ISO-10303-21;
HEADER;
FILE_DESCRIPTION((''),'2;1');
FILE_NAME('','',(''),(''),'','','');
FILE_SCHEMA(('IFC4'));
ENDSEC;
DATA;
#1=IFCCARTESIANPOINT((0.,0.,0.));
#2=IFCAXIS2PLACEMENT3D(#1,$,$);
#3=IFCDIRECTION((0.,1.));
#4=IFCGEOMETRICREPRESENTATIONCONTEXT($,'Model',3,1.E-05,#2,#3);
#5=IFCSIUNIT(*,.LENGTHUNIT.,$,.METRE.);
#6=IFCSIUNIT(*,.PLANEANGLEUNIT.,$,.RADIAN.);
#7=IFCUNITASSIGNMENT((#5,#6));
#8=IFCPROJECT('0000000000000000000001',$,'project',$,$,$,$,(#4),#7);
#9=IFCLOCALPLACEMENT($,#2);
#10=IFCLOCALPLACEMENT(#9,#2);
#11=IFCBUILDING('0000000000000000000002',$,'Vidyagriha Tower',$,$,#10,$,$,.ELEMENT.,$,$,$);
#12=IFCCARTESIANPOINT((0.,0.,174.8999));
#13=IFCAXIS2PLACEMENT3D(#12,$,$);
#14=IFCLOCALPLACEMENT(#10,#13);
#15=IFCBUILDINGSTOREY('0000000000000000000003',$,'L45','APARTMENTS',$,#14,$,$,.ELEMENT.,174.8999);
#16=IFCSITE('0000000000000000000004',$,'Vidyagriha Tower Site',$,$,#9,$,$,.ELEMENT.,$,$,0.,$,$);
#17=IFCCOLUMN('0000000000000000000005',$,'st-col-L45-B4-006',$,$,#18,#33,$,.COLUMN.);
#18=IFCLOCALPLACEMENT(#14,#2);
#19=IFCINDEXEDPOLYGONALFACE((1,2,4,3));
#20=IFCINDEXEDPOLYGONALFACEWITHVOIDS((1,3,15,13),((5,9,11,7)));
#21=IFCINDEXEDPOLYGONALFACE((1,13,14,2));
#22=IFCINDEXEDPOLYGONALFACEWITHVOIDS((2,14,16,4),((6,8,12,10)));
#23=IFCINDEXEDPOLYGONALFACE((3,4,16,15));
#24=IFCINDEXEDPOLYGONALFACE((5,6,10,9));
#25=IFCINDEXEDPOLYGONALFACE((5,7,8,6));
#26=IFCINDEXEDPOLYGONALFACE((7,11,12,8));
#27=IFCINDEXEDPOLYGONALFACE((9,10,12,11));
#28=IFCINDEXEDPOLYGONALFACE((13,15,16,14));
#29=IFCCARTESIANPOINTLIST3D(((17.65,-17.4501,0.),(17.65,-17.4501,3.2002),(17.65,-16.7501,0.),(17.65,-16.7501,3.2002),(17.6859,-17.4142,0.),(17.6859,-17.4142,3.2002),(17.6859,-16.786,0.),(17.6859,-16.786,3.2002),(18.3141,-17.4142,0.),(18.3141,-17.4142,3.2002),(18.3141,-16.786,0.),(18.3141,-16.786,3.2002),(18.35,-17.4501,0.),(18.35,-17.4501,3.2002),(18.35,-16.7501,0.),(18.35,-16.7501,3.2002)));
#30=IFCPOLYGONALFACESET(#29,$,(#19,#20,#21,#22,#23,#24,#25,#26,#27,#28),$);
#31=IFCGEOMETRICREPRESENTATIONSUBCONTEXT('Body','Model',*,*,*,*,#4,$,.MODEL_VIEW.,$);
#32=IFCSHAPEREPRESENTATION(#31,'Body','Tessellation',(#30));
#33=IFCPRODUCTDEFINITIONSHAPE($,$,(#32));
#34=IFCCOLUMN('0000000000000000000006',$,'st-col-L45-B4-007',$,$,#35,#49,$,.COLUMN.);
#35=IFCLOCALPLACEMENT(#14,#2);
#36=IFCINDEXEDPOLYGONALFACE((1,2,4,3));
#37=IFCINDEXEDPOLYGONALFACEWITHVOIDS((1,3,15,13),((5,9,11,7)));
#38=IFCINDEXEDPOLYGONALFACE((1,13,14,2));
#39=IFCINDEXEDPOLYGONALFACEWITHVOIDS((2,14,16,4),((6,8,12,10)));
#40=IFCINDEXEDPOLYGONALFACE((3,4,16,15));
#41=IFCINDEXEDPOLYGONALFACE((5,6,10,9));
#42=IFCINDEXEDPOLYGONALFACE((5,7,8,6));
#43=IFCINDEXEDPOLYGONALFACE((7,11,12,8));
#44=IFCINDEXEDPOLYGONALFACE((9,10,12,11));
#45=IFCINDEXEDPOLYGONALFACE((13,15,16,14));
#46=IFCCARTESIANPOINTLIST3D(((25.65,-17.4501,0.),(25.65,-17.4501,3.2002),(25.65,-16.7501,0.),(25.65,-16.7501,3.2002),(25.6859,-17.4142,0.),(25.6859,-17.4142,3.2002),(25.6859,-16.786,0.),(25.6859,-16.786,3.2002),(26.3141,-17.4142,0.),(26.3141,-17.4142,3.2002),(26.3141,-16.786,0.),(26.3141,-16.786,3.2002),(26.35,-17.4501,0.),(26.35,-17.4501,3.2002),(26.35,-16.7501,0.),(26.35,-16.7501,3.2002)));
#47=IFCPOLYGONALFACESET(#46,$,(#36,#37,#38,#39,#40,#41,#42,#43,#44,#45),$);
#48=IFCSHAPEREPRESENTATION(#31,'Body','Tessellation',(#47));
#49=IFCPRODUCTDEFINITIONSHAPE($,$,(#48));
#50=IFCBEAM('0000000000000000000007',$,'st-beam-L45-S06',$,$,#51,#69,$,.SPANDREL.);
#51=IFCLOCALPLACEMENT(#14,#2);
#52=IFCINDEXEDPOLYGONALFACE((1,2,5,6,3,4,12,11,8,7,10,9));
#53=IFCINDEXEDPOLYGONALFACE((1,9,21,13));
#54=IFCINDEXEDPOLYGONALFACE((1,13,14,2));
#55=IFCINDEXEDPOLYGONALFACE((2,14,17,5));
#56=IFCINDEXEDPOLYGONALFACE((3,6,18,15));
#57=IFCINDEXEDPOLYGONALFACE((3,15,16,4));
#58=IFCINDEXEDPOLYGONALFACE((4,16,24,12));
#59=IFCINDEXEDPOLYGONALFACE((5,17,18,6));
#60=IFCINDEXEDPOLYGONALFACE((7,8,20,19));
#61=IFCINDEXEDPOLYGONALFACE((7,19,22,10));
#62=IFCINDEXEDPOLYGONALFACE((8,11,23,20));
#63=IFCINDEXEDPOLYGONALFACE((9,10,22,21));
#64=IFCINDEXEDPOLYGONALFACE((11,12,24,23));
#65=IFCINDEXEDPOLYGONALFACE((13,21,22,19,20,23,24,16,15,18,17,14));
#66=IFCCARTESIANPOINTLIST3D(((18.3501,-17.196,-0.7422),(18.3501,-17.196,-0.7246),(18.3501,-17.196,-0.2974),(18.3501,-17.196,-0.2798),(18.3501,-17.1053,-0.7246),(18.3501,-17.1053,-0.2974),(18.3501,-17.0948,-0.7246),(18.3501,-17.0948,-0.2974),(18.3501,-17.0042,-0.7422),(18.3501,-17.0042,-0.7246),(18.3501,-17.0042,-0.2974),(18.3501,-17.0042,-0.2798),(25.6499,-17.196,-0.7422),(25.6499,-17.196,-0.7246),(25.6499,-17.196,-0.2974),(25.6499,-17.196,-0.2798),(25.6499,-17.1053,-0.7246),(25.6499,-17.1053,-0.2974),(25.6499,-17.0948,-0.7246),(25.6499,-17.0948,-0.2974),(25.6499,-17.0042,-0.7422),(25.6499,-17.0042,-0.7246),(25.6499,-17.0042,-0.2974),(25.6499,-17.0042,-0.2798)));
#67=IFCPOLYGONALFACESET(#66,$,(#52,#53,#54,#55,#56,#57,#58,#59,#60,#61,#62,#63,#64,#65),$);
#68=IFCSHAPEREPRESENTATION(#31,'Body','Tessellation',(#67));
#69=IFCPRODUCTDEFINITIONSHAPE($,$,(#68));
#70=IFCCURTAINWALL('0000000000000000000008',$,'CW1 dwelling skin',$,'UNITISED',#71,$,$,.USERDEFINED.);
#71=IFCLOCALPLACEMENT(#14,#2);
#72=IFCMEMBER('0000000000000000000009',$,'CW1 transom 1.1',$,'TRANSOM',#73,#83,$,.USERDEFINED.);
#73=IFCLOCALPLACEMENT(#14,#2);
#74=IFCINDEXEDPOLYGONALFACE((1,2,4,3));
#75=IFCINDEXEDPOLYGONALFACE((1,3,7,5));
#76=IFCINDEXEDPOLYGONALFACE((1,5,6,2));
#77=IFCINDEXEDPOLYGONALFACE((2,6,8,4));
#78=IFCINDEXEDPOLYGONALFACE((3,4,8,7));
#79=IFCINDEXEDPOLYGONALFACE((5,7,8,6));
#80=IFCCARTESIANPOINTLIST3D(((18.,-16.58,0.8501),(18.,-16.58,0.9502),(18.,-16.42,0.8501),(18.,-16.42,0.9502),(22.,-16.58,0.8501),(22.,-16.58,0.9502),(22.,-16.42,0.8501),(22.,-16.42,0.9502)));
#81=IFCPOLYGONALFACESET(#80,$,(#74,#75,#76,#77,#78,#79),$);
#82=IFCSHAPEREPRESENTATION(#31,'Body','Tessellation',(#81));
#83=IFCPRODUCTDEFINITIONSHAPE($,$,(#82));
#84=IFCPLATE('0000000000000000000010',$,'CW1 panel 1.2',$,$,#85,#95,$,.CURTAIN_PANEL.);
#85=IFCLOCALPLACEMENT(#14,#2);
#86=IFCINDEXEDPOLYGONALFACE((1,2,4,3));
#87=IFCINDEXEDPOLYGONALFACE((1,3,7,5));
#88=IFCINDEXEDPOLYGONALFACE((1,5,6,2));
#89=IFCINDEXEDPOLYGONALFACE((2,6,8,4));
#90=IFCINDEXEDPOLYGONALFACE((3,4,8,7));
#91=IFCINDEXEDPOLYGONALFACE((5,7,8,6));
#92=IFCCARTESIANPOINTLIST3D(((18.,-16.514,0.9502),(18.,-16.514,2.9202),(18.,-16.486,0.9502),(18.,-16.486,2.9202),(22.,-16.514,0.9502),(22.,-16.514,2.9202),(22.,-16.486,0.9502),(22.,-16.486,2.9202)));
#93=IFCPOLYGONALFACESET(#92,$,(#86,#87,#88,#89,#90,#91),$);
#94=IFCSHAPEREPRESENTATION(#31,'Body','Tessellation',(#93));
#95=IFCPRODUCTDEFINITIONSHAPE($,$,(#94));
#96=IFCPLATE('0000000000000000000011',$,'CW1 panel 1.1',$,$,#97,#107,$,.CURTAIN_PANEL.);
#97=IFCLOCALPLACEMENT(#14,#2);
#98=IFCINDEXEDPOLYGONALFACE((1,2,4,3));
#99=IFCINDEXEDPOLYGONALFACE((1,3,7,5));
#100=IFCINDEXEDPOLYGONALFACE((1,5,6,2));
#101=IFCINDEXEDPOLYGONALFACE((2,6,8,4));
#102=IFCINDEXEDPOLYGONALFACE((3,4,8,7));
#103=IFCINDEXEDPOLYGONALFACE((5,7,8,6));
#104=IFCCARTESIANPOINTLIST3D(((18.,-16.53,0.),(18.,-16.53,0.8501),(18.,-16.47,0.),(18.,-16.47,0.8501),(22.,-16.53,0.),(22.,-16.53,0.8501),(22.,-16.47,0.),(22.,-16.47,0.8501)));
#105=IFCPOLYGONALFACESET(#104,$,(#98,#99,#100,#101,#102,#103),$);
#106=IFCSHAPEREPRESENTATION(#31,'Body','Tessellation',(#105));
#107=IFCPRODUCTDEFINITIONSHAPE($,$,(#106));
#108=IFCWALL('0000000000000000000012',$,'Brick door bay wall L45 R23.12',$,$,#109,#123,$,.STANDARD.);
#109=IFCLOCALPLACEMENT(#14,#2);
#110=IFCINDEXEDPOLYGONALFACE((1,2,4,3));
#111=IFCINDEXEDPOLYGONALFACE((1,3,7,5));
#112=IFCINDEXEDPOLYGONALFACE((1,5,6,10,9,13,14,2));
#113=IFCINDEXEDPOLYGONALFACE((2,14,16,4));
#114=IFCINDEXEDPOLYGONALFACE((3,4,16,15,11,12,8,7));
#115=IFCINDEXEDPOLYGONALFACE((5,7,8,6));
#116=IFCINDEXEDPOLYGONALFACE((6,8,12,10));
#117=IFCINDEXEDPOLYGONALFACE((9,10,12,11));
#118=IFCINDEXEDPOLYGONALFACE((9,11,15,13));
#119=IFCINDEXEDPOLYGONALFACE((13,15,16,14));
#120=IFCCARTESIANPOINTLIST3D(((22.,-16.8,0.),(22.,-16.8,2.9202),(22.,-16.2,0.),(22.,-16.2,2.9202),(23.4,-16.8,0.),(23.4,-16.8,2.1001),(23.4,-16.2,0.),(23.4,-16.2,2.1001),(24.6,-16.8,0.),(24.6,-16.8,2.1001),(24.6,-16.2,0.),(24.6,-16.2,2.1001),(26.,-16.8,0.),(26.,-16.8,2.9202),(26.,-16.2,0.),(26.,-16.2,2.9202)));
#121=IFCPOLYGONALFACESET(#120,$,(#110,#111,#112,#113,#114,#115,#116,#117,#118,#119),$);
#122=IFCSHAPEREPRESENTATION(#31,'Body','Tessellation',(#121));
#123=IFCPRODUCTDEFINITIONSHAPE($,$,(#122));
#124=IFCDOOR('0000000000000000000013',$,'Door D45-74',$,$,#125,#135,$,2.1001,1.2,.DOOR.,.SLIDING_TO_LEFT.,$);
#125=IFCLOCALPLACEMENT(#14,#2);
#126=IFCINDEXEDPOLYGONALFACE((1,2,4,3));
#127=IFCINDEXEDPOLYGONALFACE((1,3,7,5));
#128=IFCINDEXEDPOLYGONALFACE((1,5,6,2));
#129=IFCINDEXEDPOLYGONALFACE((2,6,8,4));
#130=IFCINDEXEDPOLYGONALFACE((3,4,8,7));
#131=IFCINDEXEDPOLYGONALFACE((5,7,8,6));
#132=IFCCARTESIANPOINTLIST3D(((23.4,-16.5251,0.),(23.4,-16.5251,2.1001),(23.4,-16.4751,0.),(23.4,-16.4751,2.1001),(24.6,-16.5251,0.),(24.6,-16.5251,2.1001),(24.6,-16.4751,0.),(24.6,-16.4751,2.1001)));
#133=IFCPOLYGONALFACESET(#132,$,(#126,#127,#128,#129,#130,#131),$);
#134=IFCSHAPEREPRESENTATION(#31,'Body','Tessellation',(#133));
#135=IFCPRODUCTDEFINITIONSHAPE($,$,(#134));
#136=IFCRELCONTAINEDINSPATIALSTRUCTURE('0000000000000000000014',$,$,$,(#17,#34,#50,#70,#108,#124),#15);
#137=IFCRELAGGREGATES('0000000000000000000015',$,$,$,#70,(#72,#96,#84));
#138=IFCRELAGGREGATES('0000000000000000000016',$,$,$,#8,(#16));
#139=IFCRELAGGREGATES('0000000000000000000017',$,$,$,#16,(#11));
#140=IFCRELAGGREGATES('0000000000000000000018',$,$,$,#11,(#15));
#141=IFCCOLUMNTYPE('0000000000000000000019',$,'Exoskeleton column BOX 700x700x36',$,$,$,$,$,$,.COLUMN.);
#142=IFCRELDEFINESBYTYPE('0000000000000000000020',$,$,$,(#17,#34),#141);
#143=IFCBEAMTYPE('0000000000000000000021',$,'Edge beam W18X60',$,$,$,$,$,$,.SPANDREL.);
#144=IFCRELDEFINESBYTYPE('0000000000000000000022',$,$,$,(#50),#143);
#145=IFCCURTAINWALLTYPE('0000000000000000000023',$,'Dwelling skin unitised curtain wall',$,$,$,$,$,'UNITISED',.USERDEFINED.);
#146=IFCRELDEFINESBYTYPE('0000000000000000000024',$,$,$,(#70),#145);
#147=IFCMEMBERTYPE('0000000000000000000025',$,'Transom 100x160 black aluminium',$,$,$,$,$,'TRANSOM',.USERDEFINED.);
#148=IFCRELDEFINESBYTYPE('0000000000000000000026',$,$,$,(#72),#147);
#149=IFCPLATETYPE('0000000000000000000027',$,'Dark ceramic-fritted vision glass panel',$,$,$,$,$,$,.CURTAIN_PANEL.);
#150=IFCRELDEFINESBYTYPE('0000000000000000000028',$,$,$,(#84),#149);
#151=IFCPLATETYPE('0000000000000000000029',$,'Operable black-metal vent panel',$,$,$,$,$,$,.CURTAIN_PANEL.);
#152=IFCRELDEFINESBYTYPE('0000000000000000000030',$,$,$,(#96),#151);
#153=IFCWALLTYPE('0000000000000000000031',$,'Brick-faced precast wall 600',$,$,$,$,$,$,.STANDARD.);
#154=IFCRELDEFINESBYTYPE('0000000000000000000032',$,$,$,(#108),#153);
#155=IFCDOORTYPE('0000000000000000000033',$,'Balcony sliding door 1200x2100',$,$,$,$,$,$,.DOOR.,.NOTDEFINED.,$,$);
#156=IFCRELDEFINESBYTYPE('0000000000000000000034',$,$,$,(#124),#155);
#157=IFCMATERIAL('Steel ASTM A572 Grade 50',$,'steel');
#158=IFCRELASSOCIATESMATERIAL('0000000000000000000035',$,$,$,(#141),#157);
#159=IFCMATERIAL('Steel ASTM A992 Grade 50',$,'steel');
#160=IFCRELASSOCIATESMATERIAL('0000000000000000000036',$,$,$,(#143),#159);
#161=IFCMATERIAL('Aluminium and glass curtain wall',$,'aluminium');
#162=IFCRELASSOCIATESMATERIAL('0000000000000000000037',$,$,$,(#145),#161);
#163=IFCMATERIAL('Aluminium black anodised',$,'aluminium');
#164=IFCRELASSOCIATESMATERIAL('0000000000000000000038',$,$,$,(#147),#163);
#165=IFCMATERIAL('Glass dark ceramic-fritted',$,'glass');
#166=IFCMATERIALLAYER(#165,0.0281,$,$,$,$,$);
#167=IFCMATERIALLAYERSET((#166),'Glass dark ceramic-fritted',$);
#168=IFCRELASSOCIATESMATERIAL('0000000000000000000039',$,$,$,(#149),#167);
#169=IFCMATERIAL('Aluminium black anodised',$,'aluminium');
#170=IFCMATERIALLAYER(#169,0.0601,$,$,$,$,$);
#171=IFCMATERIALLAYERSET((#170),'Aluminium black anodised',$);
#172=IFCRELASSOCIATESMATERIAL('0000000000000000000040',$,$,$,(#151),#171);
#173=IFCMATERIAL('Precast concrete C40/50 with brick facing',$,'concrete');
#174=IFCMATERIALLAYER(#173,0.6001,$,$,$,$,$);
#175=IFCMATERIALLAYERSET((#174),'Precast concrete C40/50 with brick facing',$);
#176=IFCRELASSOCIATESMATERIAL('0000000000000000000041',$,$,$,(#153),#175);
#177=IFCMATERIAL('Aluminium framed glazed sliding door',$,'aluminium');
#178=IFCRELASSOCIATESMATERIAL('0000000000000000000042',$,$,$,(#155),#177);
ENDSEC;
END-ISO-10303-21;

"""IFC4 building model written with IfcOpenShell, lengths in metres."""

from ifc_helpers import new_model, si_unit, direction, frame, frame_2d, origin, origin_2d, place, context, subcontext, project, spatial, rectangle, hollow_rectangle, i_section, extrude, material, layer, layer_set, material_profile, profile_set, type_object, element, fill, aggregate, save


model = new_model("IFC4")

# Units and contexts
model_context = context("Model", 3, precision=1e-05, world=origin(), true_north=direction((0.0, 1.0)))
body_context = subcontext(model_context, "Body", "Model", "MODEL_VIEW")
ifc_project = project(units=[si_unit("LENGTHUNIT", "METRE"), si_unit("PLANEANGLEUNIT", "RADIAN")], contexts=[model_context])

# Site, building, storey
site_placement = place(None, origin())
site = spatial("IfcSite", under=ifc_project, at=site_placement, Name="Vidyagriha Tower Site", CompositionType="ELEMENT", RefElevation=0.0)
building_placement = place(site_placement, origin())
building = spatial("IfcBuilding", under=site, at=building_placement, Name="Vidyagriha Tower", CompositionType="ELEMENT")
storey_placement = place(building_placement, frame((0.0, 0.0, 174.8999)))
storey = spatial("IfcBuildingStorey", under=building, at=storey_placement, Name="L45", Description="APARTMENTS", CompositionType="ELEMENT", Elevation=174.8999)

# Columns
ifc_material_1 = material(Name="Steel ASTM A572 Grade 50", Category="steel")
ifc_material_profile_1 = material_profile(ifc_material_1, hollow_rectangle(XDim=0.7, YDim=0.7, WallThickness=0.0359, at=origin_2d()), Name="BOX 700x700x36")
ifc_profile_set_1 = profile_set([ifc_material_profile_1], Name="Steel ASTM A572 Grade 50")
column_type = type_object("IfcColumnType", Name="Exoskeleton column BOX 700x700x36", PredefinedType="COLUMN", material=ifc_profile_set_1)
for number, where, name in (
    (1, (18.0, -17.1001, 0.0), "st-col-L45-B4-006"),
    (2, (26.0, -17.1001, 0.0), "st-col-L45-B4-007"),
):
    element("IfcColumn", number, at=place(storey_placement, frame(where)), inside=storey, type_object=column_type, Name=name, PredefinedType="COLUMN", context=body_context, shape_type="SweptSolid", body=[
        extrude(hollow_rectangle(XDim=0.7, YDim=0.7, WallThickness=0.0359, at=origin_2d()), origin(), (0.0, 0.0, 1.0), 3.2002),
    ])

# Beam
ifc_material_2 = material(Name="Steel ASTM A992 Grade 50", Category="steel")
ifc_material_profile_2 = material_profile(ifc_material_2, i_section(OverallWidth=0.1919, OverallDepth=0.4624, WebThickness=0.0105, FlangeThickness=0.0176, at=origin_2d()), Name="W18X60")
ifc_profile_set_2 = profile_set([ifc_material_profile_2], Name="Steel ASTM A992 Grade 50")
beam_type = type_object("IfcBeamType", Name="Edge beam W18X60", PredefinedType="SPANDREL", material=ifc_profile_set_2)
beam_placement = place(storey_placement, frame((18.3501, -17.1001, -0.511), z_axis=(1.0, 0.0, 0.0), x_axis=(0.0, 1.0, 0.0)))
element("IfcBeam", 3, at=beam_placement, inside=storey, type_object=beam_type, Name="st-beam-L45-S06", PredefinedType="SPANDREL", context=body_context, shape_type="SweptSolid", body=[
    extrude(i_section(OverallWidth=0.1919, OverallDepth=0.4624, WebThickness=0.0105, FlangeThickness=0.0176, at=origin_2d()), origin(), (0.0, 0.0, 1.0), 7.2998),
])

# Curtain wall, member, plates
ifc_material_3 = material(Name="Aluminium and glass curtain wall", Category="aluminium")
curtain_wall_type = type_object("IfcCurtainWallType", Name="Dwelling skin unitised curtain wall", ElementType="UNITISED", PredefinedType="USERDEFINED", material=ifc_material_3)
curtain_wall_placement = place(storey_placement, origin())
curtain_wall = element("IfcCurtainWall", 4, at=curtain_wall_placement, inside=storey, type_object=curtain_wall_type, Name="CW1 dwelling skin", ObjectType="UNITISED", PredefinedType="USERDEFINED")
ifc_material_4 = material(Name="Aluminium black anodised", Category="aluminium")
ifc_material_profile_3 = material_profile(ifc_material_4, rectangle(XDim=0.1599, YDim=0.1001, at=origin_2d()), Name="Transom 100x160 black aluminium")
ifc_profile_set_3 = profile_set([ifc_material_profile_3], Name="Aluminium black anodised")
member_type = type_object("IfcMemberType", Name="Transom 100x160 black aluminium", ElementType="TRANSOM", PredefinedType="USERDEFINED", material=ifc_profile_set_3)
member_placement = place(storey_placement, frame((18.0, -16.5, 0.9001), z_axis=(1.0, 0.0, 0.0), x_axis=(0.0, 1.0, 0.0)))
member = element("IfcMember", 5, at=member_placement, type_object=member_type, Name="CW1 transom 1.1", ObjectType="TRANSOM", PredefinedType="USERDEFINED", context=body_context, shape_type="SweptSolid", body=[
    extrude(rectangle(XDim=0.1599, YDim=0.1001, at=origin_2d()), origin(), (0.0, 0.0, 1.0), 4.0),
])
ifc_material_5 = material(Name="Glass dark ceramic-fritted", Category="glass")
ifc_layer_1 = layer(ifc_material_5, 0.0281)
ifc_layer_set_1 = layer_set([ifc_layer_1], Name="Glass dark ceramic-fritted")
plate_type_1 = type_object("IfcPlateType", Name="Dark ceramic-fritted vision glass panel", PredefinedType="CURTAIN_PANEL", material=ifc_layer_set_1)
plate_1_placement = place(storey_placement, frame((20.0, -16.5, 0.9502)))
plate_1 = element("IfcPlate", 6, at=plate_1_placement, type_object=plate_type_1, Name="CW1 panel 1.2", PredefinedType="CURTAIN_PANEL", context=body_context, shape_type="SweptSolid", body=[
    extrude(rectangle(XDim=4.0, YDim=0.0281, at=origin_2d()), origin(), (0.0, 0.0, 1.0), 1.97),
])
ifc_material_6 = material(Name="Aluminium black anodised", Category="aluminium")
ifc_layer_2 = layer(ifc_material_6, 0.0601)
ifc_layer_set_2 = layer_set([ifc_layer_2], Name="Aluminium black anodised")
plate_type_2 = type_object("IfcPlateType", Name="Operable black-metal vent panel", PredefinedType="CURTAIN_PANEL", material=ifc_layer_set_2)
plate_2_placement = place(storey_placement, frame((20.0, -16.5, 0.0)))
plate_2 = element("IfcPlate", 7, at=plate_2_placement, type_object=plate_type_2, Name="CW1 panel 1.1", PredefinedType="CURTAIN_PANEL", context=body_context, shape_type="SweptSolid", body=[
    extrude(rectangle(XDim=4.0, YDim=0.0601, at=origin_2d()), origin(), (0.0, 0.0, 1.0), 0.8501),
])
aggregate(curtain_wall, [member, plate_2, plate_1])

# Wall, opening, door
ifc_material_7 = material(Name="Precast concrete C40/50 with brick facing", Category="concrete")
ifc_layer_3 = layer(ifc_material_7, 0.6001)
ifc_layer_set_3 = layer_set([ifc_layer_3], Name="Precast concrete C40/50 with brick facing")
wall_type = type_object("IfcWallType", Name="Brick-faced precast wall 600", PredefinedType="STANDARD", material=ifc_layer_set_3)
wall_placement = place(storey_placement, frame((22.0, -16.5, 0.0)))
wall = element("IfcWall", 8, at=wall_placement, inside=storey, type_object=wall_type, Name="Brick door bay wall L45 R23.12", PredefinedType="STANDARD", context=body_context, shape_type="SweptSolid", body=[
    extrude(rectangle(XDim=4.0, YDim=0.6001, at=frame_2d((2.0, 0.0))), origin(), (0.0, 0.0, 1.0), 2.9202),
])
opening_placement = place(wall_placement, frame((1.3999, 0.0, 0.0)))
opening = element("IfcOpeningElement", 9, at=opening_placement, cuts=wall, PredefinedType="OPENING", context=body_context, shape_type="SweptSolid", body=[
    extrude(rectangle(XDim=1.2, YDim=2.1001, at=frame_2d((0.6001, 1.05))), frame((0.0, 0.3101, 0.0), z_axis=(0.0, -1.0, 0.0), x_axis=(1.0, 0.0, 0.0)), (0.0, 0.0, 1.0), 0.6201),
])
ifc_material_8 = material(Name="Aluminium framed glazed sliding door", Category="aluminium")
door_type = type_object("IfcDoorType", Name="Balcony sliding door 1200x2100", OperationType="NOTDEFINED", PredefinedType="DOOR", material=ifc_material_8)
door_placement = place(opening_placement, origin())
door = element("IfcDoor", 10, at=door_placement, inside=storey, type_object=door_type, Name="Door D45-74", OperationType="SLIDING_TO_LEFT", OverallHeight=2.1001, OverallWidth=1.2, PredefinedType="DOOR", context=body_context, shape_type="SweptSolid", body=[
    extrude(rectangle(XDim=1.2, YDim=2.1001, at=frame_2d((0.6001, 1.05))), frame((0.0, 0.0249, 0.0), z_axis=(0.0, -1.0, 0.0), x_axis=(1.0, 0.0, 0.0)), (0.0, 0.0, 1.0), 0.05),
])
fill(opening, door)

save(model, "model.ifc")
